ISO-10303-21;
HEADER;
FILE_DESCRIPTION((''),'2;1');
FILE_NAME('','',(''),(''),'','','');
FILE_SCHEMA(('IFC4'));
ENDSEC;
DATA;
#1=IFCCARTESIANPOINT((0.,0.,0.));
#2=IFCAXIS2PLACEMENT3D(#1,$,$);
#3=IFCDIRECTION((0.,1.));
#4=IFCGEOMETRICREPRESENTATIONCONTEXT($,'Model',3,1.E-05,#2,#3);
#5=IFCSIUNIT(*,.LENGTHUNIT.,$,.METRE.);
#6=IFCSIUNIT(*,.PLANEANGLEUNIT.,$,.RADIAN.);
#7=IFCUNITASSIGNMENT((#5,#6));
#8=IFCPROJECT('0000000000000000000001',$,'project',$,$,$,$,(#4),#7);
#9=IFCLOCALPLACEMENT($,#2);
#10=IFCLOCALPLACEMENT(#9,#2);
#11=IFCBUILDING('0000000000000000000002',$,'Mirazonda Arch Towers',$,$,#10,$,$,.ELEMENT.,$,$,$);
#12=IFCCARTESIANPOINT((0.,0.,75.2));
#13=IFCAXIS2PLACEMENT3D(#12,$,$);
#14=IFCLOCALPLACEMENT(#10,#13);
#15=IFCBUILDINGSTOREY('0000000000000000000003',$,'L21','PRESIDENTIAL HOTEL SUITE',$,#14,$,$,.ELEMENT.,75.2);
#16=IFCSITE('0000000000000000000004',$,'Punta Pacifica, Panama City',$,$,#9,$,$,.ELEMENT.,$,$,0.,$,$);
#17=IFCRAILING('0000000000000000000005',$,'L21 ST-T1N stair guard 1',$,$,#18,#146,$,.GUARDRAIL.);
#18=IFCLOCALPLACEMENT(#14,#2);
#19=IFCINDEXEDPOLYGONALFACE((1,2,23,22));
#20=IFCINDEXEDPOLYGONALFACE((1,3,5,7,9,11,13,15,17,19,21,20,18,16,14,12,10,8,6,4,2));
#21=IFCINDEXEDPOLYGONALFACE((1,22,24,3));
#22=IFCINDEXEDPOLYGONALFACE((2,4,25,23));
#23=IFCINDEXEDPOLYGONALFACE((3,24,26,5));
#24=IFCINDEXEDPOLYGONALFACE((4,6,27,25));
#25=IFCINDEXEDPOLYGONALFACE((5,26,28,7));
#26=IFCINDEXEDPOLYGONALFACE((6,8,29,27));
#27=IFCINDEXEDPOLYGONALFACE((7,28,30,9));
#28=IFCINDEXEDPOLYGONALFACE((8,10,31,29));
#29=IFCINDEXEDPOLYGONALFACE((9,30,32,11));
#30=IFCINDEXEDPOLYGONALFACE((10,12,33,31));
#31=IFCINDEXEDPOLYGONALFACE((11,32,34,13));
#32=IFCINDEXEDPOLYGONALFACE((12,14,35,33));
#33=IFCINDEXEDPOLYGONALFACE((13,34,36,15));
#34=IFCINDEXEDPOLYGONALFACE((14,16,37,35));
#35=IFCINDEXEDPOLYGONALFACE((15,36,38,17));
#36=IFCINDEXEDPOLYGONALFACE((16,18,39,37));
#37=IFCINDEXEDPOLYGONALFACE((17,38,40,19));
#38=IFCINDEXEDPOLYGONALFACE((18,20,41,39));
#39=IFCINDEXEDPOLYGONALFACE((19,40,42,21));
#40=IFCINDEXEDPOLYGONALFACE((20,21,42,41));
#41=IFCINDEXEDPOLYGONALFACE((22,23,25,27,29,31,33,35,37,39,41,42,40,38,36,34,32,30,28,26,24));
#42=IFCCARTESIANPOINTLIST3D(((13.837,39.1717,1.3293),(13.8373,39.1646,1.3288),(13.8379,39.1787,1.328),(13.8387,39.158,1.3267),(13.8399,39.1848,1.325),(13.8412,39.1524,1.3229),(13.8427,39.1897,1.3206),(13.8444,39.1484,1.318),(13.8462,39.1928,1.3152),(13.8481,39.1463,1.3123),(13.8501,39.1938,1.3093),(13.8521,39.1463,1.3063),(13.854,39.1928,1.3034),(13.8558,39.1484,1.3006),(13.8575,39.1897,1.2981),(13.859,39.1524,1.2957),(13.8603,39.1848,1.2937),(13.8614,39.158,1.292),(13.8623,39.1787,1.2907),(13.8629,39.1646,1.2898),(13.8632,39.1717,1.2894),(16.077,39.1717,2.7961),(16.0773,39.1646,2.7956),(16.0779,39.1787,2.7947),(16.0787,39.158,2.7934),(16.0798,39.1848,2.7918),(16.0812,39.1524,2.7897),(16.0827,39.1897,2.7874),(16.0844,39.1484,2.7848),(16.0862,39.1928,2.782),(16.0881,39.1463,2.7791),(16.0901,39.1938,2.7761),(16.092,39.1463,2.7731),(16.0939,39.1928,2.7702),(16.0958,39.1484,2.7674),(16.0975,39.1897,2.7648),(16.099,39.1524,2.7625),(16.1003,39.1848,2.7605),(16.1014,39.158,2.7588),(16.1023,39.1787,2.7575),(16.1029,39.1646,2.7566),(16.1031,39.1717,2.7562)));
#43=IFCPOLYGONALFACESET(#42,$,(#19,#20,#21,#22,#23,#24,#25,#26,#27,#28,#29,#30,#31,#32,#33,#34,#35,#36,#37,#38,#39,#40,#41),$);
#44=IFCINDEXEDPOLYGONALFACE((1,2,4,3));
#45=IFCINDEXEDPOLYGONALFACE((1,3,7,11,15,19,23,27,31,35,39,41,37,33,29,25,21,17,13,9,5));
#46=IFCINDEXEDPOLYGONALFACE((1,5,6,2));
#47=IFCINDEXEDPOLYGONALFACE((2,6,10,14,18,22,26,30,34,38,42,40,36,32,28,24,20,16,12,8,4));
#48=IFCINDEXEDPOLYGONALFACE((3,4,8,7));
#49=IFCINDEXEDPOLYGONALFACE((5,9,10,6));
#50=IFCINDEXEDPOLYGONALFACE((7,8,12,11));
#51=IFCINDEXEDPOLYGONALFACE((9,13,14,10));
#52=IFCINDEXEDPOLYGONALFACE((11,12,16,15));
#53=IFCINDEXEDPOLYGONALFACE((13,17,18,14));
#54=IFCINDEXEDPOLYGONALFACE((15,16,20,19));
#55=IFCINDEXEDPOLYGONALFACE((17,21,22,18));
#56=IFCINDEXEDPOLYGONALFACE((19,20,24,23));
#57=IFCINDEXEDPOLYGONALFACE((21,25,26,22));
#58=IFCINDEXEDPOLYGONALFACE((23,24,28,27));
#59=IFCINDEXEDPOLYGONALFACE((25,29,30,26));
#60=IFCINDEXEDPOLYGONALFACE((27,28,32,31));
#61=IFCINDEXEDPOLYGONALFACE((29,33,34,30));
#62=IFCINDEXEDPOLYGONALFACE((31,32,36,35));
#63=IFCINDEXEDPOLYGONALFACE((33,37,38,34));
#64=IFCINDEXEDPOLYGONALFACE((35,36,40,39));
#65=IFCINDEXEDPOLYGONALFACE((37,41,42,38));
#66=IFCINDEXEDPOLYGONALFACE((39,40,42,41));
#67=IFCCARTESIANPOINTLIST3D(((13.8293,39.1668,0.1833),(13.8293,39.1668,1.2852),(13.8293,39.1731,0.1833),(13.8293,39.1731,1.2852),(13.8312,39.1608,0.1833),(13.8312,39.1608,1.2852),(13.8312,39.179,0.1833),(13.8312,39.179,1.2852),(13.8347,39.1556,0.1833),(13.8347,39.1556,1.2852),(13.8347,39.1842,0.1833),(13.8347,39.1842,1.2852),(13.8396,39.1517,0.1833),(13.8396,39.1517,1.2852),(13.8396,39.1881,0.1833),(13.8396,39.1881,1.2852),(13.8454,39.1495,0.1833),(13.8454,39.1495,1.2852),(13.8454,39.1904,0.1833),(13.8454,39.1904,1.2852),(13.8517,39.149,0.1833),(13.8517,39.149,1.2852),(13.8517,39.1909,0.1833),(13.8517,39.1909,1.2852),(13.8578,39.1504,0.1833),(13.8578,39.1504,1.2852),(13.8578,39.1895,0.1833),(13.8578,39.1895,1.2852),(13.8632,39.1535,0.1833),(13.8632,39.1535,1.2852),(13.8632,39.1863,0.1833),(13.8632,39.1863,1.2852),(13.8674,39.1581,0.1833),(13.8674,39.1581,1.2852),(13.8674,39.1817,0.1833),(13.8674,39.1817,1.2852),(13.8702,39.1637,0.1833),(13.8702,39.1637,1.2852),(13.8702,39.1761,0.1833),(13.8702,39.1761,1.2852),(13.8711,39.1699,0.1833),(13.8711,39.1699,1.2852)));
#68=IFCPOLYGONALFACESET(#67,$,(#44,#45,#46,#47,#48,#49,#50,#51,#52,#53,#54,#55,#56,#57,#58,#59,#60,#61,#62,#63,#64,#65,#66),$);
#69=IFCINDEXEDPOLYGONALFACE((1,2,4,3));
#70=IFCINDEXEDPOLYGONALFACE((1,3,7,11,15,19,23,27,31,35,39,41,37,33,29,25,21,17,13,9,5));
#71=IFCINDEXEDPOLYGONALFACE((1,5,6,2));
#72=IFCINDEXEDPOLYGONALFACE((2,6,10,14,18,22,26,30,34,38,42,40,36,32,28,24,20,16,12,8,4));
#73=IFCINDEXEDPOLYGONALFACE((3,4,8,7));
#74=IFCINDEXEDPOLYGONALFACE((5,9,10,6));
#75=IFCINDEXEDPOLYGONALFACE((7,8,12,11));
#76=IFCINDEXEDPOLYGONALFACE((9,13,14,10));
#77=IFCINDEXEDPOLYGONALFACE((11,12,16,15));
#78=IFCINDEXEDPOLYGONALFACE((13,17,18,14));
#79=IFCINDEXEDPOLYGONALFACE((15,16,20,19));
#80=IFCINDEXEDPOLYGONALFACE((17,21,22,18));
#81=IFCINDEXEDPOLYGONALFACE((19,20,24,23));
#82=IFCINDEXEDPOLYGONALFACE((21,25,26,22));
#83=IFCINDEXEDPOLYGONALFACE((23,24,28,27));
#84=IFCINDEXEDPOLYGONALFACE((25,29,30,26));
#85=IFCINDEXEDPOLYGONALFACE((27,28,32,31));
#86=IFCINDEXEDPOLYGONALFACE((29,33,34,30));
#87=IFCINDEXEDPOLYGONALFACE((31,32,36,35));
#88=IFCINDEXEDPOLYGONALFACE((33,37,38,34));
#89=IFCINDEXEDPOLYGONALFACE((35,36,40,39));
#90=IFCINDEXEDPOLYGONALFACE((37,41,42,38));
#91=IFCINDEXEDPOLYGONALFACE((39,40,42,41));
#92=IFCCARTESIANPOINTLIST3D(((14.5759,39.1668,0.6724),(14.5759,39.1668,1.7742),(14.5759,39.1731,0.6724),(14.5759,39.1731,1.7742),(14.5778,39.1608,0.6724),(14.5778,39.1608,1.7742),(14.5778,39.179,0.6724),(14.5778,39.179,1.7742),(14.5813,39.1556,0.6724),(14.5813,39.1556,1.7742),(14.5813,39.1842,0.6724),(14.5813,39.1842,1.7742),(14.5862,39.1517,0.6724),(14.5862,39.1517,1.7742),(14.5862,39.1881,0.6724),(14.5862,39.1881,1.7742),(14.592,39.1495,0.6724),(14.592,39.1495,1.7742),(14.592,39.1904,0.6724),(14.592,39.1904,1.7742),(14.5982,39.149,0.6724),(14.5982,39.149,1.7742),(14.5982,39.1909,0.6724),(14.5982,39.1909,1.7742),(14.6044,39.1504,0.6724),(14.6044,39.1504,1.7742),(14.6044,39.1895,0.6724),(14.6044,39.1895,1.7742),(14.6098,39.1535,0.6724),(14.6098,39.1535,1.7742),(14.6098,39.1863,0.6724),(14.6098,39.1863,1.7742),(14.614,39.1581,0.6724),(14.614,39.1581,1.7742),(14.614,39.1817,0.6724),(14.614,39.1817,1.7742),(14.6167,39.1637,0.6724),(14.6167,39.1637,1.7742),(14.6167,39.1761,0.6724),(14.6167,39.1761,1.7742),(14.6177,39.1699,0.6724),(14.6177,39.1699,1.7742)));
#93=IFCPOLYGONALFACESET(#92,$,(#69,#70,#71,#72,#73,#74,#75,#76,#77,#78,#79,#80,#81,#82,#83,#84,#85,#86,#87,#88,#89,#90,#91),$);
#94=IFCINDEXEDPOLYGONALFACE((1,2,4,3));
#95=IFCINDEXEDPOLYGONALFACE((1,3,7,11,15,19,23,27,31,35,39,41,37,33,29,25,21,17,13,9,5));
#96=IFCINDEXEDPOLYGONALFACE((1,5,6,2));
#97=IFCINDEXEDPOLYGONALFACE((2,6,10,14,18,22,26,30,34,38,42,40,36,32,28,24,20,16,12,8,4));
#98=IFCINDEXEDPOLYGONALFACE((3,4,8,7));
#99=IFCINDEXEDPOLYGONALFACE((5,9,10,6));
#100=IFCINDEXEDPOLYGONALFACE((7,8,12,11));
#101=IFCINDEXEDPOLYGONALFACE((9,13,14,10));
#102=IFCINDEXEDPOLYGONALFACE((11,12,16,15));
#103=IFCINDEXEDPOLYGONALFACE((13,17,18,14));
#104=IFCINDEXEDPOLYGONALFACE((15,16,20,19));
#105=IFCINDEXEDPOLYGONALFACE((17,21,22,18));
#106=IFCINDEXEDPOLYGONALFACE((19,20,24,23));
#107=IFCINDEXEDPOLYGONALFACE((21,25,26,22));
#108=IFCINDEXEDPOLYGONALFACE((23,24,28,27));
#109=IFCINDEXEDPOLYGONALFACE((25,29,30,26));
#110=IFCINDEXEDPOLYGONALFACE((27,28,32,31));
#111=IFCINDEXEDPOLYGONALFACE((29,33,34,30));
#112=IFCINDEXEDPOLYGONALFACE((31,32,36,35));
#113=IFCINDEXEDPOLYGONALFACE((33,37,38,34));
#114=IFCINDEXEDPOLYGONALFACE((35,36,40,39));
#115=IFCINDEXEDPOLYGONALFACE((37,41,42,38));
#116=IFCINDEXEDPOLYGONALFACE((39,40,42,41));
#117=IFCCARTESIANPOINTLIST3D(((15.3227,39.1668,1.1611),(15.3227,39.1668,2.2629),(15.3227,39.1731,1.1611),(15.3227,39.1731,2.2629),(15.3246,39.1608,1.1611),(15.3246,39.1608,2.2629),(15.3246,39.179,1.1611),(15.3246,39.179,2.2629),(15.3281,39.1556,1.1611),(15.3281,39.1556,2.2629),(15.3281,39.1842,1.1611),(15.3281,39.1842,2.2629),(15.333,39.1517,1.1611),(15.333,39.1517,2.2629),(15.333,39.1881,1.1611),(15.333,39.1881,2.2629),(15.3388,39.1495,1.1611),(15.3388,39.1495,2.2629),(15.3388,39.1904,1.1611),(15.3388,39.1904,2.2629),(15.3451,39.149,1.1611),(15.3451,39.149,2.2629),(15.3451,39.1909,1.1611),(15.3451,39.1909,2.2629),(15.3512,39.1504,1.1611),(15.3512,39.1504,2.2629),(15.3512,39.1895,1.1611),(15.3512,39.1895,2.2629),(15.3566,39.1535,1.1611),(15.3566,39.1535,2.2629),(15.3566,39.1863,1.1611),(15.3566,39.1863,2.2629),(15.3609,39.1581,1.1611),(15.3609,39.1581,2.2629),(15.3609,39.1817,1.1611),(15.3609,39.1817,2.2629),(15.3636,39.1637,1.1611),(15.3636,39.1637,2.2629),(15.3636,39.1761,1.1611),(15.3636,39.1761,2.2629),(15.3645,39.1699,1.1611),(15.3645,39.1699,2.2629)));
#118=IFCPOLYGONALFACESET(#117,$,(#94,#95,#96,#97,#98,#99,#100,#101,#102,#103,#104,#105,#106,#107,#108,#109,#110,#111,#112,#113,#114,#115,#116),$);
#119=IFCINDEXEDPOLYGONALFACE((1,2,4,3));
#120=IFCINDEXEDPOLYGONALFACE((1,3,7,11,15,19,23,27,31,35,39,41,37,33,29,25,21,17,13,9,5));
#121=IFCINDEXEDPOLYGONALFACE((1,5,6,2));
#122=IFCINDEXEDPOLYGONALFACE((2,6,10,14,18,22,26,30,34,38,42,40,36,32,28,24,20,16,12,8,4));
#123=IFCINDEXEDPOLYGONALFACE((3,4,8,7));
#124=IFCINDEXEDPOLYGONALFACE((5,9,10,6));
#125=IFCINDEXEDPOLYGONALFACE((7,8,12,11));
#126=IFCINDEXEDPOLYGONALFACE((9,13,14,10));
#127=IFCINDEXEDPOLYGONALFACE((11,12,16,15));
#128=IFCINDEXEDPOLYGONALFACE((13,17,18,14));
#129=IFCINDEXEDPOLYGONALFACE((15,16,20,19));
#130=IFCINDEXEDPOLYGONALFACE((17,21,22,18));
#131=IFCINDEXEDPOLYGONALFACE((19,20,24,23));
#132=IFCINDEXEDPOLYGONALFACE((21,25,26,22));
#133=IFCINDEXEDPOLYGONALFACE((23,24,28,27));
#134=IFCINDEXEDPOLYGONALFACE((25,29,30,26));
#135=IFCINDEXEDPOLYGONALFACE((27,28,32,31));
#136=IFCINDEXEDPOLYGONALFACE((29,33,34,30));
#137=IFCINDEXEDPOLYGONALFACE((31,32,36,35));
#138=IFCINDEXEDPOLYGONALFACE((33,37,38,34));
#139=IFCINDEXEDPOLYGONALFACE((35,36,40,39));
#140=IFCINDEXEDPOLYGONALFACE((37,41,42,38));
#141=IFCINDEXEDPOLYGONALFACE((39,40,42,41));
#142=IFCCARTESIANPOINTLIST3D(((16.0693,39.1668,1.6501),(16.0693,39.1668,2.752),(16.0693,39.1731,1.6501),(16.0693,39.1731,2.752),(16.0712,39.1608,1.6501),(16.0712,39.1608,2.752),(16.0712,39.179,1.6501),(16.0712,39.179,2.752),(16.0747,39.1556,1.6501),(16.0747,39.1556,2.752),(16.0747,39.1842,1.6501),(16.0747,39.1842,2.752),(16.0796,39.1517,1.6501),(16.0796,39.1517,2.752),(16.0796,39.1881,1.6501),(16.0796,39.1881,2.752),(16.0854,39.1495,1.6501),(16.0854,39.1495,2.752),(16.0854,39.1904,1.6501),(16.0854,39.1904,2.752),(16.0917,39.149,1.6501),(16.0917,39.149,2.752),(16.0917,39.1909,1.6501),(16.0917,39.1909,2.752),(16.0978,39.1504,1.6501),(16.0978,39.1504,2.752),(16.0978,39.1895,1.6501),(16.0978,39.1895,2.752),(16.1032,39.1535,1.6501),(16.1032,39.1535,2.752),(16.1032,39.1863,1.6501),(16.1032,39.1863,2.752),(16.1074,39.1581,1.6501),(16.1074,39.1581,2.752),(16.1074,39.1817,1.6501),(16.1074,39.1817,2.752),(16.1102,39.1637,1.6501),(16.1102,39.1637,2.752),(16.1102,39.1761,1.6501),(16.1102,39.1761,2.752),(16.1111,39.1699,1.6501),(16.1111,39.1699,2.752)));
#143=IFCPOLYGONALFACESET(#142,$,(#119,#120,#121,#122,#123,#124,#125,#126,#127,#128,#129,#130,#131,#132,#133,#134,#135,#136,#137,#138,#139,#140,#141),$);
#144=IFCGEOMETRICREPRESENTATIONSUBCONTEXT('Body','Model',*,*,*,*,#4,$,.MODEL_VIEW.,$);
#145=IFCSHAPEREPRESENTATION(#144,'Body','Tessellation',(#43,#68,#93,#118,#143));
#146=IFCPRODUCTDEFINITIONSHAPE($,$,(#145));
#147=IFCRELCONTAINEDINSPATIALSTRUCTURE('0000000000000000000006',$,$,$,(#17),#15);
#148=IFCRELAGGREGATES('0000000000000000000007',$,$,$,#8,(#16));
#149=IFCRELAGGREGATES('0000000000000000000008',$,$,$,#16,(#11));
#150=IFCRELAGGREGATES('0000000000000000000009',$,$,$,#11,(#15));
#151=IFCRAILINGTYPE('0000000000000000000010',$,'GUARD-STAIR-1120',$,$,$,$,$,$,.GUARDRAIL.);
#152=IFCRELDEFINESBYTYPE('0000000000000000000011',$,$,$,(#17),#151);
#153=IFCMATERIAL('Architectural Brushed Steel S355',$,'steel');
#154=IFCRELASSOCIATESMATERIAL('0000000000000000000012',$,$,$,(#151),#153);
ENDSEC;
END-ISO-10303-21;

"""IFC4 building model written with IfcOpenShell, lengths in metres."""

from ifc_helpers import new_model, si_unit, direction, frame, origin, origin_2d, place, context, subcontext, project, spatial, circle, extrude, material, type_object, element, save


model = new_model("IFC4")

# Units and contexts
model_context = context("Model", 3, precision=1e-05, world=origin(), true_north=direction((0.0, 1.0)))
body_context = subcontext(model_context, "Body", "Model", "MODEL_VIEW")
ifc_project = project(units=[si_unit("LENGTHUNIT", "METRE"), si_unit("PLANEANGLEUNIT", "RADIAN")], contexts=[model_context])

# Site, building, storey
site_placement = place(None, origin())
site = spatial("IfcSite", under=ifc_project, at=site_placement, Name="Punta Pacifica, Panama City", CompositionType="ELEMENT", RefElevation=0.0)
building_placement = place(site_placement, origin())
building = spatial("IfcBuilding", under=site, at=building_placement, Name="Mirazonda Arch Towers", CompositionType="ELEMENT")
storey_placement = place(building_placement, frame((0.0, 0.0, 75.2)))
storey = spatial("IfcBuildingStorey", under=building, at=storey_placement, Name="L21", Description="PRESIDENTIAL HOTEL SUITE", CompositionType="ELEMENT", Elevation=75.2)

# Shared definitions
ifc_material_1 = material(Name="Architectural Brushed Steel S355", Category="steel")

# Railing
railing_type_1 = type_object("IfcRailingType", Name="GUARD-STAIR-1120", PredefinedType="GUARDRAIL", material=ifc_material_1)
railing_1_placement = place(storey_placement, frame((13.8501, 39.1699, 0.1833)))
element("IfcRailing", 1, at=railing_1_placement, inside=storey, type_object=railing_type_1, Name="L21 ST-T1N stair guard 1", PredefinedType="GUARDRAIL", context=body_context, shape_type="SweptSolid", body=[
    extrude(circle(Radius=0.0239, at=origin_2d()), frame((0.0, 0.0, 1.126), z_axis=(0.836595, 0.0, 0.547822), x_axis=(0.0, 1.0, 0.0)), (0.0, 0.0, 1.0), 2.6775),
    extrude(circle(Radius=0.021, at=origin_2d()), origin(), (0.0, 0.0, 1.0), 1.1018),
    extrude(circle(Radius=0.021, at=origin_2d()), frame((0.7466, 0.0, 0.489)), (0.0, 0.0, 1.0), 1.1018),
    extrude(circle(Radius=0.021, at=origin_2d()), frame((1.4934, 0.0, 0.9778)), (0.0, 0.0, 1.0), 1.1018),
    extrude(circle(Radius=0.021, at=origin_2d()), frame((2.24, 0.0, 1.4668)), (0.0, 0.0, 1.0), 1.1018),
])

save(model, "model.ifc")
